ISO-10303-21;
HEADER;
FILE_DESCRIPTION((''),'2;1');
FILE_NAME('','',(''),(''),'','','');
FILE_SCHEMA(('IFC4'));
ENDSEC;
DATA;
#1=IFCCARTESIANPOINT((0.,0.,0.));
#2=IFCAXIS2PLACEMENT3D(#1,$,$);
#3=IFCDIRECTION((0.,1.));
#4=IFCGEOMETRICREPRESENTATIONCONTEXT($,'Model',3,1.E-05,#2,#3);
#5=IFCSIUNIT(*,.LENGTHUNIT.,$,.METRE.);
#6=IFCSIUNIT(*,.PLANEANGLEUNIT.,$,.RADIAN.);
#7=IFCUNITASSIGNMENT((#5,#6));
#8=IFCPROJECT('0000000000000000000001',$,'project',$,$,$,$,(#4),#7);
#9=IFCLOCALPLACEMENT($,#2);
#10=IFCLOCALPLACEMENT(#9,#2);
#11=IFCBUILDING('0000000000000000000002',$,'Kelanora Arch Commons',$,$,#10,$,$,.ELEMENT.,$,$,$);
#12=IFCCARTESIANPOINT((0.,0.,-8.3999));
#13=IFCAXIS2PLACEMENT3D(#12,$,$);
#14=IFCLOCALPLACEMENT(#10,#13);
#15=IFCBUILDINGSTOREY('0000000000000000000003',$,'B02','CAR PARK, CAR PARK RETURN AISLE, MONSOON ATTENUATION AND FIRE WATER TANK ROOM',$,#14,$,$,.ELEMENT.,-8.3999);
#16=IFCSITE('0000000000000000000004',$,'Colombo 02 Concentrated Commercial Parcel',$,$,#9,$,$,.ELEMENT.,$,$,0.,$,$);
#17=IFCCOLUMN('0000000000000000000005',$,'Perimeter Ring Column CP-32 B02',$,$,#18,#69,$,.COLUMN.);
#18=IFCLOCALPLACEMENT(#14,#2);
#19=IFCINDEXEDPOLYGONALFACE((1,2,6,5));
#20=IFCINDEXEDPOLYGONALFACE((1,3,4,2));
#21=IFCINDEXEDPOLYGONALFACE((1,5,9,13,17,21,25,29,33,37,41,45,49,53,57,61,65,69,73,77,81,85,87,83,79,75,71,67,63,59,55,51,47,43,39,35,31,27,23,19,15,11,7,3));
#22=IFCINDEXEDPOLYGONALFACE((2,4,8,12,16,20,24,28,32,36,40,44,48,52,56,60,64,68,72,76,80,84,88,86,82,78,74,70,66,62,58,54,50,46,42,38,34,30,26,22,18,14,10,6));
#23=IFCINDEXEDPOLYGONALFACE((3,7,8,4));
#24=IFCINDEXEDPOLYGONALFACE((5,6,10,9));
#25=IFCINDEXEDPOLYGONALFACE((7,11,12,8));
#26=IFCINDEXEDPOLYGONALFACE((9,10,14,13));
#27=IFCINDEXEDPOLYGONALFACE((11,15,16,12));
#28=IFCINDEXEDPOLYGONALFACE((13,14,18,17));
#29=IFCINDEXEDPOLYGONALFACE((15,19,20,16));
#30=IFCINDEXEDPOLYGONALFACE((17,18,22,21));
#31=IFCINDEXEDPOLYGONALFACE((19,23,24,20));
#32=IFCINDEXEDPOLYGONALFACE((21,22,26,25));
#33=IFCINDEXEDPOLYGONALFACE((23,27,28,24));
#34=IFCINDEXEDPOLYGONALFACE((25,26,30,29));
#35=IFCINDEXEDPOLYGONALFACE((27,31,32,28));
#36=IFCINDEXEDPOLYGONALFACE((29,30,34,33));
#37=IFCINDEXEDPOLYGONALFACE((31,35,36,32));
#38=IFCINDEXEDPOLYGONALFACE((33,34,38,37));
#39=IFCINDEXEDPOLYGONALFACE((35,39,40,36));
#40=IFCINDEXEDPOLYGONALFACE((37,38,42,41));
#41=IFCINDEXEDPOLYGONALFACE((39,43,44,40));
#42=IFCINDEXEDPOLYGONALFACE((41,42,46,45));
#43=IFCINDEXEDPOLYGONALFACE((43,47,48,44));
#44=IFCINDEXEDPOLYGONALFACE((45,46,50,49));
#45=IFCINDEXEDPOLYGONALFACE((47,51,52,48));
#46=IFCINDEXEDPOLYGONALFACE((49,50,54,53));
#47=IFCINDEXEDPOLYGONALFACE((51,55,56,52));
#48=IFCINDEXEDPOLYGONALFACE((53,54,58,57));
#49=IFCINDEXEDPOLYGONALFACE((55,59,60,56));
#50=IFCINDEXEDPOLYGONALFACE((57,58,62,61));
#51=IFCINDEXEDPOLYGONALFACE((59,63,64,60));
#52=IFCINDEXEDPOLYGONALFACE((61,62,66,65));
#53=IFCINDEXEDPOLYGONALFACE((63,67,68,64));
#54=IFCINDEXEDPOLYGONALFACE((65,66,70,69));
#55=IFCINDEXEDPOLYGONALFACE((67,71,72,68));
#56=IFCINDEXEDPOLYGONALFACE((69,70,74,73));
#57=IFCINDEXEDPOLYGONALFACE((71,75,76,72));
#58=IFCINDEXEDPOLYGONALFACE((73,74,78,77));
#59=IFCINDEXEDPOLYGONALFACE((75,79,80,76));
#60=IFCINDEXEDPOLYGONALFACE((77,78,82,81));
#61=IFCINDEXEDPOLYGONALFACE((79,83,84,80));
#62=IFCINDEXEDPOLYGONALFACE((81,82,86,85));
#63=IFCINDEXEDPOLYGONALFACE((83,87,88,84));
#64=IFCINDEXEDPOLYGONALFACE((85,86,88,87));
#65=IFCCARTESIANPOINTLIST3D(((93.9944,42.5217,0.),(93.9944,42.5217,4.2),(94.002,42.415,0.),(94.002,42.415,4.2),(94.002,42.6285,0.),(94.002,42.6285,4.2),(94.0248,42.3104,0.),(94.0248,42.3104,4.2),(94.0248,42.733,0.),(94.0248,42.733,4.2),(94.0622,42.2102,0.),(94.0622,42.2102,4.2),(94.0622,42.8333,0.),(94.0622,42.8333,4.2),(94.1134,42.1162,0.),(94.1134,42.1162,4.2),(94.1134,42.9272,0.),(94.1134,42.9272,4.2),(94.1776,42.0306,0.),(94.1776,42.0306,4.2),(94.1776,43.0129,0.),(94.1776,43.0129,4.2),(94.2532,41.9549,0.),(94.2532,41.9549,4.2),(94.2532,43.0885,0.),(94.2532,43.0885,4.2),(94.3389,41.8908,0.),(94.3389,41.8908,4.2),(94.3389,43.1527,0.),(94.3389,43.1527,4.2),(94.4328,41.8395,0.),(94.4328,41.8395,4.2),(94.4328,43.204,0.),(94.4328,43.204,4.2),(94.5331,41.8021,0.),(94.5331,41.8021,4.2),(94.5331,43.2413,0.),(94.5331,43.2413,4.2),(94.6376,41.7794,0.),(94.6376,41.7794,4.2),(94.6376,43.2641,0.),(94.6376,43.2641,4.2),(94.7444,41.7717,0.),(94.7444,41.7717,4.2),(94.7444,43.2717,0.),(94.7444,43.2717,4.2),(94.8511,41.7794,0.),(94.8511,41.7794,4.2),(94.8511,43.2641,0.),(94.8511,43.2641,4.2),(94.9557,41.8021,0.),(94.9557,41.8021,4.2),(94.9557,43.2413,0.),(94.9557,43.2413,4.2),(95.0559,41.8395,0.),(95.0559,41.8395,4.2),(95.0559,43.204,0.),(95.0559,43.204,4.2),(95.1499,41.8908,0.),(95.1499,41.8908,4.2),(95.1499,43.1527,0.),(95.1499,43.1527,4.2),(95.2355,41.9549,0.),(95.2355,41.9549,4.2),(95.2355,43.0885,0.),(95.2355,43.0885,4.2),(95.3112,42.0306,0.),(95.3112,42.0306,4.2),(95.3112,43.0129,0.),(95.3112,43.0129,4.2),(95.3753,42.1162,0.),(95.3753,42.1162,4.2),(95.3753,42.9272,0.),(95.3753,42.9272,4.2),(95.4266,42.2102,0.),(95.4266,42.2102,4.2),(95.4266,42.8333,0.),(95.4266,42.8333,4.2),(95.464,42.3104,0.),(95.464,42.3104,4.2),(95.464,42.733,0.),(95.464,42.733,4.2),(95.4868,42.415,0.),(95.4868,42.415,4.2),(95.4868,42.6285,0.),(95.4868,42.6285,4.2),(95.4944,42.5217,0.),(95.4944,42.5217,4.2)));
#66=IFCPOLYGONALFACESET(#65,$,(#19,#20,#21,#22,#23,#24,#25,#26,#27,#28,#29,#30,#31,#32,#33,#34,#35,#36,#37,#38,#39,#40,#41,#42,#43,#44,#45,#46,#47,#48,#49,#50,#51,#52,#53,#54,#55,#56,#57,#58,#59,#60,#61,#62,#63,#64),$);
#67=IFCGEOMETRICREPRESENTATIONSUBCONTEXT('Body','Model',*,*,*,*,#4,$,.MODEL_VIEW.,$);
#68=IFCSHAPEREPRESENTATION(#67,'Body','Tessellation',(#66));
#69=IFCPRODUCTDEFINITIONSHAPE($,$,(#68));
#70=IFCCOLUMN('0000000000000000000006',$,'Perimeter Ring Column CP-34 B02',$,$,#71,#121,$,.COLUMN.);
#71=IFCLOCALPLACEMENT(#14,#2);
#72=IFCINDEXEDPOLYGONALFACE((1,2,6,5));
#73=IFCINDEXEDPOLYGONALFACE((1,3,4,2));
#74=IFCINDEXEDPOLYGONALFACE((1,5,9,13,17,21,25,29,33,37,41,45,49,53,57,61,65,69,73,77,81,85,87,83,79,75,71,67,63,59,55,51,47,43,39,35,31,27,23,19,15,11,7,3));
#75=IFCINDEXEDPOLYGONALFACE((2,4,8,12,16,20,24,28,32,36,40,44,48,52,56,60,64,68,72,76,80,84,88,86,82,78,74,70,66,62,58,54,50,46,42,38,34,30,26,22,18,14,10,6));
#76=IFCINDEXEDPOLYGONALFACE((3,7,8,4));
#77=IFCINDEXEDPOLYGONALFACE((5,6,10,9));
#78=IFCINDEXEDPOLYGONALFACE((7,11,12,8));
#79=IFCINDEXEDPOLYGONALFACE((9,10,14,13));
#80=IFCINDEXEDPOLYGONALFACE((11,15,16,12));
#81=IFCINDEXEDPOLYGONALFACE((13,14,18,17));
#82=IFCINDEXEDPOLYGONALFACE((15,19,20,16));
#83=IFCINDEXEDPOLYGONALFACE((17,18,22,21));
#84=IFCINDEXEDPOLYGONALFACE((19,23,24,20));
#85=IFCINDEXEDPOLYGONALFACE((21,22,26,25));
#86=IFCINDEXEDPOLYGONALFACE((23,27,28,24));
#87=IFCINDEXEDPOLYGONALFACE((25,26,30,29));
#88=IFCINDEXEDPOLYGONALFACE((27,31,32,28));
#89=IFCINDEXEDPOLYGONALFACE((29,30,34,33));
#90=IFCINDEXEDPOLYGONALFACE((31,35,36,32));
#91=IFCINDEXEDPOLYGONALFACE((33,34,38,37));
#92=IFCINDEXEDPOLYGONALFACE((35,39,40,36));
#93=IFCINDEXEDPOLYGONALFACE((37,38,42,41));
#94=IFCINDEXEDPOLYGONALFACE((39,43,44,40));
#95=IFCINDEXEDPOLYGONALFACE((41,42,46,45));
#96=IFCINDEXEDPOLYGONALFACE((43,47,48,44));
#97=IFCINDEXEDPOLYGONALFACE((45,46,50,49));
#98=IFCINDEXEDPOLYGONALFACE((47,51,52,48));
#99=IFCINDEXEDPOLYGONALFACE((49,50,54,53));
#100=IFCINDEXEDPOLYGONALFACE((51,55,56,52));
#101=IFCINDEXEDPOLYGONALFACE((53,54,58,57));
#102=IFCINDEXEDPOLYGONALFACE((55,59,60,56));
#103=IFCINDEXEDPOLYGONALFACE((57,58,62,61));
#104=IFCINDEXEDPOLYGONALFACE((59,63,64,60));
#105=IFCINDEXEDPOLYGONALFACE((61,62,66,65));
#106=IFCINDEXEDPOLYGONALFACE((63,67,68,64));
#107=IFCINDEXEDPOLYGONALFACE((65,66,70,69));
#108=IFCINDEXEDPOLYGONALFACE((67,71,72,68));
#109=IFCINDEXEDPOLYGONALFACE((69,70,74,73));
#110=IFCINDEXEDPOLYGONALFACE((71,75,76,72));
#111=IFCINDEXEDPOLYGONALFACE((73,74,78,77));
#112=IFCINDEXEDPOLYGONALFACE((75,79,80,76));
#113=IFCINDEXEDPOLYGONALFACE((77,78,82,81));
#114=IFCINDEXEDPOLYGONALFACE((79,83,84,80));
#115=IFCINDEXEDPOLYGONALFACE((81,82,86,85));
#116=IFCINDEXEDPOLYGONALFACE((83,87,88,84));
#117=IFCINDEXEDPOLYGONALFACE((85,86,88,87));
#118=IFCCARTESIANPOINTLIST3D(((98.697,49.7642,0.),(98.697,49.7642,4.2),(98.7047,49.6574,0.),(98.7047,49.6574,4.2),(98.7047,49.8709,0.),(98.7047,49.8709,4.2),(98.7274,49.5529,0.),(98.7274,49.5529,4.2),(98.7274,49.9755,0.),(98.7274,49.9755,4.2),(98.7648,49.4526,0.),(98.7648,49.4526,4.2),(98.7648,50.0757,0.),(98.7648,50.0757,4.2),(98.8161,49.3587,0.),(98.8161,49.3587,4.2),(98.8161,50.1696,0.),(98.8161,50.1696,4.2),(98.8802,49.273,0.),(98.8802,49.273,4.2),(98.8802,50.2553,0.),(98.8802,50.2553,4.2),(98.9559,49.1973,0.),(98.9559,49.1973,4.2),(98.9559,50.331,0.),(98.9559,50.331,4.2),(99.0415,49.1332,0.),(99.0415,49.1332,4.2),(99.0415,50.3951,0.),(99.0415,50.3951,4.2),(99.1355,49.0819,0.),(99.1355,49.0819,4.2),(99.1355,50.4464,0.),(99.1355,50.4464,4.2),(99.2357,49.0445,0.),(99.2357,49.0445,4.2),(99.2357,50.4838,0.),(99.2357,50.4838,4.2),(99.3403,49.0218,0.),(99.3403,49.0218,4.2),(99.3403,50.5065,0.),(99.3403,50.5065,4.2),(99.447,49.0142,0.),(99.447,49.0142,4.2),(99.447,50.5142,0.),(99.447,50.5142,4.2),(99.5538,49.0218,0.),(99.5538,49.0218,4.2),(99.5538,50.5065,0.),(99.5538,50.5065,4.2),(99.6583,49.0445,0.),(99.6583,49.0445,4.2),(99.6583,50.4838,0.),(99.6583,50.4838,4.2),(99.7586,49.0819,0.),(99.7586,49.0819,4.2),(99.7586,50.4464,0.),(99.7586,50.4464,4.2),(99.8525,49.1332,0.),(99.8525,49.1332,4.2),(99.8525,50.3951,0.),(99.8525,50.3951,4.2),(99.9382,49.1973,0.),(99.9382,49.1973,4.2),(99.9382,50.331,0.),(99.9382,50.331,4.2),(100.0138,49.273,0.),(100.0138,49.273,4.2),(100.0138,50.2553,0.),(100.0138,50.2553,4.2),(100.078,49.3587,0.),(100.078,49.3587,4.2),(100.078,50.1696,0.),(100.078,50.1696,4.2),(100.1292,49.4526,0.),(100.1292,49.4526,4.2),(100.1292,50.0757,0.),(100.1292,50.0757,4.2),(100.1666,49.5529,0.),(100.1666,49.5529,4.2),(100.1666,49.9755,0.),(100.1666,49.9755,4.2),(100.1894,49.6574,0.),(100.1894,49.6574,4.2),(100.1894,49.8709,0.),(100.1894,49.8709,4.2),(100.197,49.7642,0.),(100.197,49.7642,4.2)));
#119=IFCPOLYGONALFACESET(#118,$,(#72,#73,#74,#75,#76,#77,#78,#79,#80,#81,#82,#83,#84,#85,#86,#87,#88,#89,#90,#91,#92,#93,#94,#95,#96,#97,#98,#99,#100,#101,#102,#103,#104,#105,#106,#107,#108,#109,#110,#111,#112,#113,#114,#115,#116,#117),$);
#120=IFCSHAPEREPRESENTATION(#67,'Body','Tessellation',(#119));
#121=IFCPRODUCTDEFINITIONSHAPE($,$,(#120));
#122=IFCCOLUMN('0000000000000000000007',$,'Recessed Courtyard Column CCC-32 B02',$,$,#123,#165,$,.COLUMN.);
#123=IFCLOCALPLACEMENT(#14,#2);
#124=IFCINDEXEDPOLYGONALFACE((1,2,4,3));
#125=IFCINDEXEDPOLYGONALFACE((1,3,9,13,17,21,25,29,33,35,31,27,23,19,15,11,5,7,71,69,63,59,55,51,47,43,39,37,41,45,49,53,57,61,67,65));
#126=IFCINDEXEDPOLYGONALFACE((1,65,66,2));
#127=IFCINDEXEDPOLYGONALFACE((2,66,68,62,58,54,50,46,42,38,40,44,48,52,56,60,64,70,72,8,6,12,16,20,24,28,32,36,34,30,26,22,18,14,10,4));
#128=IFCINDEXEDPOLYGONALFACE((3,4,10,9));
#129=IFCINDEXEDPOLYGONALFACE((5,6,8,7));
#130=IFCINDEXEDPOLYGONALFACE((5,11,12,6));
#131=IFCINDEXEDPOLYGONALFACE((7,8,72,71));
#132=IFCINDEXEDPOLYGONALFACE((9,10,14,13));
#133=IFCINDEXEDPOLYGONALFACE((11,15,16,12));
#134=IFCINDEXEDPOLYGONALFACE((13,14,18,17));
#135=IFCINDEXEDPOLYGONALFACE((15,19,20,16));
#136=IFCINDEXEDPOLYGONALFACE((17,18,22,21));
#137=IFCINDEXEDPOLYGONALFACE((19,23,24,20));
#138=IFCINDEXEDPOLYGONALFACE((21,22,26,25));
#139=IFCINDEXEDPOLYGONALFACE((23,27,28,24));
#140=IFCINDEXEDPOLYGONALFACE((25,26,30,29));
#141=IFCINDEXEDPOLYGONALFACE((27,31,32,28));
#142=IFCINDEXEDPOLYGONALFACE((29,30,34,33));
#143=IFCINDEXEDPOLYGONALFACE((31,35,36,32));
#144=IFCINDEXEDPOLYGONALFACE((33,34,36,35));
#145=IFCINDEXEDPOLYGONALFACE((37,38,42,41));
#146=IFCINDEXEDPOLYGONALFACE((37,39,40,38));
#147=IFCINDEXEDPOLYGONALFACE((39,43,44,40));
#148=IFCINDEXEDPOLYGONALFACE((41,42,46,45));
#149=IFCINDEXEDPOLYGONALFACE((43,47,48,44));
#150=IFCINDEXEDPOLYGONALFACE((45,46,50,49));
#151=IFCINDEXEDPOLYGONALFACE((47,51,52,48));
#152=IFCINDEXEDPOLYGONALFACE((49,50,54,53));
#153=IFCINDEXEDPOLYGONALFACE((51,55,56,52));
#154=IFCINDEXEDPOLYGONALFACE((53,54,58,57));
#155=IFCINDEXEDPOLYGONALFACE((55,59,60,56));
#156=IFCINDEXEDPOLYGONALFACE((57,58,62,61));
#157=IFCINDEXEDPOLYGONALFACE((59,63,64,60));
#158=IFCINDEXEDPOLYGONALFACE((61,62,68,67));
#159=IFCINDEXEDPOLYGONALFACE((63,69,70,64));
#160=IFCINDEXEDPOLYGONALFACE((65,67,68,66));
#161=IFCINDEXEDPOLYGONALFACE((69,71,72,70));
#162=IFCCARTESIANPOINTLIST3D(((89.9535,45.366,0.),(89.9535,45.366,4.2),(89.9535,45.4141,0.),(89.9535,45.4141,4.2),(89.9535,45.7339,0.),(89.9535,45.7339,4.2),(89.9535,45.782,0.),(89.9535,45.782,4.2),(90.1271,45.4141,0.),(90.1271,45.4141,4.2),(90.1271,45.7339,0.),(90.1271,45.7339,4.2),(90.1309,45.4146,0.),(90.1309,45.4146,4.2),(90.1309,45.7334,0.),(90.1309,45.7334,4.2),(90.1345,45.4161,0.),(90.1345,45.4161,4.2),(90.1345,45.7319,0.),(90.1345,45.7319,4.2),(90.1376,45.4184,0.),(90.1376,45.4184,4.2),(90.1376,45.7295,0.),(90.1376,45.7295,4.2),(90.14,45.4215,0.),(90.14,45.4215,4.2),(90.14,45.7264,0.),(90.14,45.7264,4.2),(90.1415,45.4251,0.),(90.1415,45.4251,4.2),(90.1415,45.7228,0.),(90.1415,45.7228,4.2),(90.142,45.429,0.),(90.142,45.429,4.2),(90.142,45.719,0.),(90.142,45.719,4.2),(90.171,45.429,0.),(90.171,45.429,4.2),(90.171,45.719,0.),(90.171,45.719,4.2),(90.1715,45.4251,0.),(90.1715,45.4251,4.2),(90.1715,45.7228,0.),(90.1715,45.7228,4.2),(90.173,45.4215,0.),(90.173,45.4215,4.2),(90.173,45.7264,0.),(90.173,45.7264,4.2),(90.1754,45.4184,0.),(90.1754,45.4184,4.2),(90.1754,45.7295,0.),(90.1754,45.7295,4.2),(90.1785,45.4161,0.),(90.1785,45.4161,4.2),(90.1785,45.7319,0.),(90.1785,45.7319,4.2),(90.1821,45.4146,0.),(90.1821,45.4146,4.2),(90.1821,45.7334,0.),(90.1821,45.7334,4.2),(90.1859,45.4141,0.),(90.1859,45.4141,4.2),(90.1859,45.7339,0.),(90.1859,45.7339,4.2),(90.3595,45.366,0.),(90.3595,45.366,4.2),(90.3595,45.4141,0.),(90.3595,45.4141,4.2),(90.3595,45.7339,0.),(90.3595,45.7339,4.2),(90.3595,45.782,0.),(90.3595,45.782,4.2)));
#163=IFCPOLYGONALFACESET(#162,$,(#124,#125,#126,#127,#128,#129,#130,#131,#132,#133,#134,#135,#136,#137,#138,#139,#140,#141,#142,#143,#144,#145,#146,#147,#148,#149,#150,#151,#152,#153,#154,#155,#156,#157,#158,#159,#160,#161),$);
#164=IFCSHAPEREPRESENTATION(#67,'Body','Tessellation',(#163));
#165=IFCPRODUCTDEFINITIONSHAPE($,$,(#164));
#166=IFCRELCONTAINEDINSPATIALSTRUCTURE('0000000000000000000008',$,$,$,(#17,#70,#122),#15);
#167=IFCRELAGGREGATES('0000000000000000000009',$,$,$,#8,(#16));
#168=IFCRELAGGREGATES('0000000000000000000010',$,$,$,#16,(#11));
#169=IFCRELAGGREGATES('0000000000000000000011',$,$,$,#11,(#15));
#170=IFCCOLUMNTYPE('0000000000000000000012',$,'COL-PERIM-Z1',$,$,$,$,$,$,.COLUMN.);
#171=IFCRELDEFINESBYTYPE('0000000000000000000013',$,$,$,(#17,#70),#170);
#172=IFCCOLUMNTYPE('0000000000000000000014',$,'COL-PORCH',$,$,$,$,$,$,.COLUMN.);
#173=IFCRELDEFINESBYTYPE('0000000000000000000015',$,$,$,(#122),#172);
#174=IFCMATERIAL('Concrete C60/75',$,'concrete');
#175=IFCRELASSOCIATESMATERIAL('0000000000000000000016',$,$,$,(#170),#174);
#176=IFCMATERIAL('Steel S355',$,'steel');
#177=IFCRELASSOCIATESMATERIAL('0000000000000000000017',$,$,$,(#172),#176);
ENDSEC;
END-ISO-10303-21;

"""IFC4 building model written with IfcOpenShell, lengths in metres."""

from ifc_helpers import new_model, si_unit, direction, frame, origin, origin_2d, place, context, subcontext, project, spatial, circle, i_section, extrude, material, material_profile, profile_set, type_object, element, save


model = new_model("IFC4")

# Units and contexts
model_context = context("Model", 3, precision=1e-05, world=origin(), true_north=direction((0.0, 1.0)))
body_context = subcontext(model_context, "Body", "Model", "MODEL_VIEW")
ifc_project = project(units=[si_unit("LENGTHUNIT", "METRE"), si_unit("PLANEANGLEUNIT", "RADIAN")], contexts=[model_context])

# Site, building, storey
site_placement = place(None, origin())
site = spatial("IfcSite", under=ifc_project, at=site_placement, Name="Colombo 02 Concentrated Commercial Parcel", CompositionType="ELEMENT", RefElevation=0.0)
building_placement = place(site_placement, origin())
building = spatial("IfcBuilding", under=site, at=building_placement, Name="Kelanora Arch Commons", CompositionType="ELEMENT")
storey_placement = place(building_placement, frame((0.0, 0.0, -8.3999)))
storey = spatial("IfcBuildingStorey", under=building, at=storey_placement, Name="B02", Description="CAR PARK, CAR PARK RETURN AISLE, MONSOON ATTENUATION AND FIRE WATER TANK ROOM", CompositionType="ELEMENT", Elevation=-8.3999)

# Columns
ifc_material_1 = material(Name="Concrete C60/75", Category="concrete")
ifc_material_profile_1 = material_profile(ifc_material_1, circle(Radius=0.75, at=origin_2d()), Name="RCC1500")
ifc_profile_set_1 = profile_set([ifc_material_profile_1], Name="Concrete C60/75")
column_type_1 = type_object("IfcColumnType", Name="COL-PERIM-Z1", PredefinedType="COLUMN", material=ifc_profile_set_1)
for number, where, z_axis, x_axis, name in (
    (1, (94.7444, 42.5217, 0.0), (0.0, 0.0, 1.0), (1.0, 0.0, 0.0), "Perimeter Ring Column CP-32 B02"),
    (2, (99.447, 49.7642, 0.0), (0.0, 0.0, 1.0), (1.0, 0.0, 0.0), "Perimeter Ring Column CP-34 B02"),
):
    element("IfcColumn", number, at=place(storey_placement, frame(where, z_axis=z_axis, x_axis=x_axis)), inside=storey, type_object=column_type_1, Name=name, PredefinedType="COLUMN", context=body_context, shape_type="SweptSolid", body=[
        extrude(circle(Radius=0.75, at=origin_2d()), origin(), (0.0, 0.0, 1.0), 4.2),
    ])
ifc_material_2 = material(Name="Steel S355", Category="steel")
ifc_material_profile_2 = material_profile(ifc_material_2, i_section(OverallWidth=0.406, OverallDepth=0.416, WebThickness=0.0291, FlangeThickness=0.0481, FilletRadius=0.0149, at=origin_2d()), Name="HD400x382")
ifc_profile_set_2 = profile_set([ifc_material_profile_2], Name="Steel S355")
column_type_2 = type_object("IfcColumnType", Name="COL-PORCH", PredefinedType="COLUMN", material=ifc_profile_set_2)
for number, where, z_axis, x_axis, name in (
    (3, (90.1565, 45.574, 0.0), (0.0, 0.0, 1.0), (1.0, 0.0, 0.0), "Recessed Courtyard Column CCC-32 B02"),
):
    element("IfcColumn", number, at=place(storey_placement, frame(where, z_axis=z_axis, x_axis=x_axis)), inside=storey, type_object=column_type_2, Name=name, PredefinedType="COLUMN", context=body_context, shape_type="SweptSolid", body=[
        extrude(i_section(OverallWidth=0.406, OverallDepth=0.416, WebThickness=0.0291, FlangeThickness=0.0481, FilletRadius=0.0149, at=origin_2d()), origin(), (0.0, 0.0, 1.0), 4.2),
    ])

save(model, "model.ifc")
